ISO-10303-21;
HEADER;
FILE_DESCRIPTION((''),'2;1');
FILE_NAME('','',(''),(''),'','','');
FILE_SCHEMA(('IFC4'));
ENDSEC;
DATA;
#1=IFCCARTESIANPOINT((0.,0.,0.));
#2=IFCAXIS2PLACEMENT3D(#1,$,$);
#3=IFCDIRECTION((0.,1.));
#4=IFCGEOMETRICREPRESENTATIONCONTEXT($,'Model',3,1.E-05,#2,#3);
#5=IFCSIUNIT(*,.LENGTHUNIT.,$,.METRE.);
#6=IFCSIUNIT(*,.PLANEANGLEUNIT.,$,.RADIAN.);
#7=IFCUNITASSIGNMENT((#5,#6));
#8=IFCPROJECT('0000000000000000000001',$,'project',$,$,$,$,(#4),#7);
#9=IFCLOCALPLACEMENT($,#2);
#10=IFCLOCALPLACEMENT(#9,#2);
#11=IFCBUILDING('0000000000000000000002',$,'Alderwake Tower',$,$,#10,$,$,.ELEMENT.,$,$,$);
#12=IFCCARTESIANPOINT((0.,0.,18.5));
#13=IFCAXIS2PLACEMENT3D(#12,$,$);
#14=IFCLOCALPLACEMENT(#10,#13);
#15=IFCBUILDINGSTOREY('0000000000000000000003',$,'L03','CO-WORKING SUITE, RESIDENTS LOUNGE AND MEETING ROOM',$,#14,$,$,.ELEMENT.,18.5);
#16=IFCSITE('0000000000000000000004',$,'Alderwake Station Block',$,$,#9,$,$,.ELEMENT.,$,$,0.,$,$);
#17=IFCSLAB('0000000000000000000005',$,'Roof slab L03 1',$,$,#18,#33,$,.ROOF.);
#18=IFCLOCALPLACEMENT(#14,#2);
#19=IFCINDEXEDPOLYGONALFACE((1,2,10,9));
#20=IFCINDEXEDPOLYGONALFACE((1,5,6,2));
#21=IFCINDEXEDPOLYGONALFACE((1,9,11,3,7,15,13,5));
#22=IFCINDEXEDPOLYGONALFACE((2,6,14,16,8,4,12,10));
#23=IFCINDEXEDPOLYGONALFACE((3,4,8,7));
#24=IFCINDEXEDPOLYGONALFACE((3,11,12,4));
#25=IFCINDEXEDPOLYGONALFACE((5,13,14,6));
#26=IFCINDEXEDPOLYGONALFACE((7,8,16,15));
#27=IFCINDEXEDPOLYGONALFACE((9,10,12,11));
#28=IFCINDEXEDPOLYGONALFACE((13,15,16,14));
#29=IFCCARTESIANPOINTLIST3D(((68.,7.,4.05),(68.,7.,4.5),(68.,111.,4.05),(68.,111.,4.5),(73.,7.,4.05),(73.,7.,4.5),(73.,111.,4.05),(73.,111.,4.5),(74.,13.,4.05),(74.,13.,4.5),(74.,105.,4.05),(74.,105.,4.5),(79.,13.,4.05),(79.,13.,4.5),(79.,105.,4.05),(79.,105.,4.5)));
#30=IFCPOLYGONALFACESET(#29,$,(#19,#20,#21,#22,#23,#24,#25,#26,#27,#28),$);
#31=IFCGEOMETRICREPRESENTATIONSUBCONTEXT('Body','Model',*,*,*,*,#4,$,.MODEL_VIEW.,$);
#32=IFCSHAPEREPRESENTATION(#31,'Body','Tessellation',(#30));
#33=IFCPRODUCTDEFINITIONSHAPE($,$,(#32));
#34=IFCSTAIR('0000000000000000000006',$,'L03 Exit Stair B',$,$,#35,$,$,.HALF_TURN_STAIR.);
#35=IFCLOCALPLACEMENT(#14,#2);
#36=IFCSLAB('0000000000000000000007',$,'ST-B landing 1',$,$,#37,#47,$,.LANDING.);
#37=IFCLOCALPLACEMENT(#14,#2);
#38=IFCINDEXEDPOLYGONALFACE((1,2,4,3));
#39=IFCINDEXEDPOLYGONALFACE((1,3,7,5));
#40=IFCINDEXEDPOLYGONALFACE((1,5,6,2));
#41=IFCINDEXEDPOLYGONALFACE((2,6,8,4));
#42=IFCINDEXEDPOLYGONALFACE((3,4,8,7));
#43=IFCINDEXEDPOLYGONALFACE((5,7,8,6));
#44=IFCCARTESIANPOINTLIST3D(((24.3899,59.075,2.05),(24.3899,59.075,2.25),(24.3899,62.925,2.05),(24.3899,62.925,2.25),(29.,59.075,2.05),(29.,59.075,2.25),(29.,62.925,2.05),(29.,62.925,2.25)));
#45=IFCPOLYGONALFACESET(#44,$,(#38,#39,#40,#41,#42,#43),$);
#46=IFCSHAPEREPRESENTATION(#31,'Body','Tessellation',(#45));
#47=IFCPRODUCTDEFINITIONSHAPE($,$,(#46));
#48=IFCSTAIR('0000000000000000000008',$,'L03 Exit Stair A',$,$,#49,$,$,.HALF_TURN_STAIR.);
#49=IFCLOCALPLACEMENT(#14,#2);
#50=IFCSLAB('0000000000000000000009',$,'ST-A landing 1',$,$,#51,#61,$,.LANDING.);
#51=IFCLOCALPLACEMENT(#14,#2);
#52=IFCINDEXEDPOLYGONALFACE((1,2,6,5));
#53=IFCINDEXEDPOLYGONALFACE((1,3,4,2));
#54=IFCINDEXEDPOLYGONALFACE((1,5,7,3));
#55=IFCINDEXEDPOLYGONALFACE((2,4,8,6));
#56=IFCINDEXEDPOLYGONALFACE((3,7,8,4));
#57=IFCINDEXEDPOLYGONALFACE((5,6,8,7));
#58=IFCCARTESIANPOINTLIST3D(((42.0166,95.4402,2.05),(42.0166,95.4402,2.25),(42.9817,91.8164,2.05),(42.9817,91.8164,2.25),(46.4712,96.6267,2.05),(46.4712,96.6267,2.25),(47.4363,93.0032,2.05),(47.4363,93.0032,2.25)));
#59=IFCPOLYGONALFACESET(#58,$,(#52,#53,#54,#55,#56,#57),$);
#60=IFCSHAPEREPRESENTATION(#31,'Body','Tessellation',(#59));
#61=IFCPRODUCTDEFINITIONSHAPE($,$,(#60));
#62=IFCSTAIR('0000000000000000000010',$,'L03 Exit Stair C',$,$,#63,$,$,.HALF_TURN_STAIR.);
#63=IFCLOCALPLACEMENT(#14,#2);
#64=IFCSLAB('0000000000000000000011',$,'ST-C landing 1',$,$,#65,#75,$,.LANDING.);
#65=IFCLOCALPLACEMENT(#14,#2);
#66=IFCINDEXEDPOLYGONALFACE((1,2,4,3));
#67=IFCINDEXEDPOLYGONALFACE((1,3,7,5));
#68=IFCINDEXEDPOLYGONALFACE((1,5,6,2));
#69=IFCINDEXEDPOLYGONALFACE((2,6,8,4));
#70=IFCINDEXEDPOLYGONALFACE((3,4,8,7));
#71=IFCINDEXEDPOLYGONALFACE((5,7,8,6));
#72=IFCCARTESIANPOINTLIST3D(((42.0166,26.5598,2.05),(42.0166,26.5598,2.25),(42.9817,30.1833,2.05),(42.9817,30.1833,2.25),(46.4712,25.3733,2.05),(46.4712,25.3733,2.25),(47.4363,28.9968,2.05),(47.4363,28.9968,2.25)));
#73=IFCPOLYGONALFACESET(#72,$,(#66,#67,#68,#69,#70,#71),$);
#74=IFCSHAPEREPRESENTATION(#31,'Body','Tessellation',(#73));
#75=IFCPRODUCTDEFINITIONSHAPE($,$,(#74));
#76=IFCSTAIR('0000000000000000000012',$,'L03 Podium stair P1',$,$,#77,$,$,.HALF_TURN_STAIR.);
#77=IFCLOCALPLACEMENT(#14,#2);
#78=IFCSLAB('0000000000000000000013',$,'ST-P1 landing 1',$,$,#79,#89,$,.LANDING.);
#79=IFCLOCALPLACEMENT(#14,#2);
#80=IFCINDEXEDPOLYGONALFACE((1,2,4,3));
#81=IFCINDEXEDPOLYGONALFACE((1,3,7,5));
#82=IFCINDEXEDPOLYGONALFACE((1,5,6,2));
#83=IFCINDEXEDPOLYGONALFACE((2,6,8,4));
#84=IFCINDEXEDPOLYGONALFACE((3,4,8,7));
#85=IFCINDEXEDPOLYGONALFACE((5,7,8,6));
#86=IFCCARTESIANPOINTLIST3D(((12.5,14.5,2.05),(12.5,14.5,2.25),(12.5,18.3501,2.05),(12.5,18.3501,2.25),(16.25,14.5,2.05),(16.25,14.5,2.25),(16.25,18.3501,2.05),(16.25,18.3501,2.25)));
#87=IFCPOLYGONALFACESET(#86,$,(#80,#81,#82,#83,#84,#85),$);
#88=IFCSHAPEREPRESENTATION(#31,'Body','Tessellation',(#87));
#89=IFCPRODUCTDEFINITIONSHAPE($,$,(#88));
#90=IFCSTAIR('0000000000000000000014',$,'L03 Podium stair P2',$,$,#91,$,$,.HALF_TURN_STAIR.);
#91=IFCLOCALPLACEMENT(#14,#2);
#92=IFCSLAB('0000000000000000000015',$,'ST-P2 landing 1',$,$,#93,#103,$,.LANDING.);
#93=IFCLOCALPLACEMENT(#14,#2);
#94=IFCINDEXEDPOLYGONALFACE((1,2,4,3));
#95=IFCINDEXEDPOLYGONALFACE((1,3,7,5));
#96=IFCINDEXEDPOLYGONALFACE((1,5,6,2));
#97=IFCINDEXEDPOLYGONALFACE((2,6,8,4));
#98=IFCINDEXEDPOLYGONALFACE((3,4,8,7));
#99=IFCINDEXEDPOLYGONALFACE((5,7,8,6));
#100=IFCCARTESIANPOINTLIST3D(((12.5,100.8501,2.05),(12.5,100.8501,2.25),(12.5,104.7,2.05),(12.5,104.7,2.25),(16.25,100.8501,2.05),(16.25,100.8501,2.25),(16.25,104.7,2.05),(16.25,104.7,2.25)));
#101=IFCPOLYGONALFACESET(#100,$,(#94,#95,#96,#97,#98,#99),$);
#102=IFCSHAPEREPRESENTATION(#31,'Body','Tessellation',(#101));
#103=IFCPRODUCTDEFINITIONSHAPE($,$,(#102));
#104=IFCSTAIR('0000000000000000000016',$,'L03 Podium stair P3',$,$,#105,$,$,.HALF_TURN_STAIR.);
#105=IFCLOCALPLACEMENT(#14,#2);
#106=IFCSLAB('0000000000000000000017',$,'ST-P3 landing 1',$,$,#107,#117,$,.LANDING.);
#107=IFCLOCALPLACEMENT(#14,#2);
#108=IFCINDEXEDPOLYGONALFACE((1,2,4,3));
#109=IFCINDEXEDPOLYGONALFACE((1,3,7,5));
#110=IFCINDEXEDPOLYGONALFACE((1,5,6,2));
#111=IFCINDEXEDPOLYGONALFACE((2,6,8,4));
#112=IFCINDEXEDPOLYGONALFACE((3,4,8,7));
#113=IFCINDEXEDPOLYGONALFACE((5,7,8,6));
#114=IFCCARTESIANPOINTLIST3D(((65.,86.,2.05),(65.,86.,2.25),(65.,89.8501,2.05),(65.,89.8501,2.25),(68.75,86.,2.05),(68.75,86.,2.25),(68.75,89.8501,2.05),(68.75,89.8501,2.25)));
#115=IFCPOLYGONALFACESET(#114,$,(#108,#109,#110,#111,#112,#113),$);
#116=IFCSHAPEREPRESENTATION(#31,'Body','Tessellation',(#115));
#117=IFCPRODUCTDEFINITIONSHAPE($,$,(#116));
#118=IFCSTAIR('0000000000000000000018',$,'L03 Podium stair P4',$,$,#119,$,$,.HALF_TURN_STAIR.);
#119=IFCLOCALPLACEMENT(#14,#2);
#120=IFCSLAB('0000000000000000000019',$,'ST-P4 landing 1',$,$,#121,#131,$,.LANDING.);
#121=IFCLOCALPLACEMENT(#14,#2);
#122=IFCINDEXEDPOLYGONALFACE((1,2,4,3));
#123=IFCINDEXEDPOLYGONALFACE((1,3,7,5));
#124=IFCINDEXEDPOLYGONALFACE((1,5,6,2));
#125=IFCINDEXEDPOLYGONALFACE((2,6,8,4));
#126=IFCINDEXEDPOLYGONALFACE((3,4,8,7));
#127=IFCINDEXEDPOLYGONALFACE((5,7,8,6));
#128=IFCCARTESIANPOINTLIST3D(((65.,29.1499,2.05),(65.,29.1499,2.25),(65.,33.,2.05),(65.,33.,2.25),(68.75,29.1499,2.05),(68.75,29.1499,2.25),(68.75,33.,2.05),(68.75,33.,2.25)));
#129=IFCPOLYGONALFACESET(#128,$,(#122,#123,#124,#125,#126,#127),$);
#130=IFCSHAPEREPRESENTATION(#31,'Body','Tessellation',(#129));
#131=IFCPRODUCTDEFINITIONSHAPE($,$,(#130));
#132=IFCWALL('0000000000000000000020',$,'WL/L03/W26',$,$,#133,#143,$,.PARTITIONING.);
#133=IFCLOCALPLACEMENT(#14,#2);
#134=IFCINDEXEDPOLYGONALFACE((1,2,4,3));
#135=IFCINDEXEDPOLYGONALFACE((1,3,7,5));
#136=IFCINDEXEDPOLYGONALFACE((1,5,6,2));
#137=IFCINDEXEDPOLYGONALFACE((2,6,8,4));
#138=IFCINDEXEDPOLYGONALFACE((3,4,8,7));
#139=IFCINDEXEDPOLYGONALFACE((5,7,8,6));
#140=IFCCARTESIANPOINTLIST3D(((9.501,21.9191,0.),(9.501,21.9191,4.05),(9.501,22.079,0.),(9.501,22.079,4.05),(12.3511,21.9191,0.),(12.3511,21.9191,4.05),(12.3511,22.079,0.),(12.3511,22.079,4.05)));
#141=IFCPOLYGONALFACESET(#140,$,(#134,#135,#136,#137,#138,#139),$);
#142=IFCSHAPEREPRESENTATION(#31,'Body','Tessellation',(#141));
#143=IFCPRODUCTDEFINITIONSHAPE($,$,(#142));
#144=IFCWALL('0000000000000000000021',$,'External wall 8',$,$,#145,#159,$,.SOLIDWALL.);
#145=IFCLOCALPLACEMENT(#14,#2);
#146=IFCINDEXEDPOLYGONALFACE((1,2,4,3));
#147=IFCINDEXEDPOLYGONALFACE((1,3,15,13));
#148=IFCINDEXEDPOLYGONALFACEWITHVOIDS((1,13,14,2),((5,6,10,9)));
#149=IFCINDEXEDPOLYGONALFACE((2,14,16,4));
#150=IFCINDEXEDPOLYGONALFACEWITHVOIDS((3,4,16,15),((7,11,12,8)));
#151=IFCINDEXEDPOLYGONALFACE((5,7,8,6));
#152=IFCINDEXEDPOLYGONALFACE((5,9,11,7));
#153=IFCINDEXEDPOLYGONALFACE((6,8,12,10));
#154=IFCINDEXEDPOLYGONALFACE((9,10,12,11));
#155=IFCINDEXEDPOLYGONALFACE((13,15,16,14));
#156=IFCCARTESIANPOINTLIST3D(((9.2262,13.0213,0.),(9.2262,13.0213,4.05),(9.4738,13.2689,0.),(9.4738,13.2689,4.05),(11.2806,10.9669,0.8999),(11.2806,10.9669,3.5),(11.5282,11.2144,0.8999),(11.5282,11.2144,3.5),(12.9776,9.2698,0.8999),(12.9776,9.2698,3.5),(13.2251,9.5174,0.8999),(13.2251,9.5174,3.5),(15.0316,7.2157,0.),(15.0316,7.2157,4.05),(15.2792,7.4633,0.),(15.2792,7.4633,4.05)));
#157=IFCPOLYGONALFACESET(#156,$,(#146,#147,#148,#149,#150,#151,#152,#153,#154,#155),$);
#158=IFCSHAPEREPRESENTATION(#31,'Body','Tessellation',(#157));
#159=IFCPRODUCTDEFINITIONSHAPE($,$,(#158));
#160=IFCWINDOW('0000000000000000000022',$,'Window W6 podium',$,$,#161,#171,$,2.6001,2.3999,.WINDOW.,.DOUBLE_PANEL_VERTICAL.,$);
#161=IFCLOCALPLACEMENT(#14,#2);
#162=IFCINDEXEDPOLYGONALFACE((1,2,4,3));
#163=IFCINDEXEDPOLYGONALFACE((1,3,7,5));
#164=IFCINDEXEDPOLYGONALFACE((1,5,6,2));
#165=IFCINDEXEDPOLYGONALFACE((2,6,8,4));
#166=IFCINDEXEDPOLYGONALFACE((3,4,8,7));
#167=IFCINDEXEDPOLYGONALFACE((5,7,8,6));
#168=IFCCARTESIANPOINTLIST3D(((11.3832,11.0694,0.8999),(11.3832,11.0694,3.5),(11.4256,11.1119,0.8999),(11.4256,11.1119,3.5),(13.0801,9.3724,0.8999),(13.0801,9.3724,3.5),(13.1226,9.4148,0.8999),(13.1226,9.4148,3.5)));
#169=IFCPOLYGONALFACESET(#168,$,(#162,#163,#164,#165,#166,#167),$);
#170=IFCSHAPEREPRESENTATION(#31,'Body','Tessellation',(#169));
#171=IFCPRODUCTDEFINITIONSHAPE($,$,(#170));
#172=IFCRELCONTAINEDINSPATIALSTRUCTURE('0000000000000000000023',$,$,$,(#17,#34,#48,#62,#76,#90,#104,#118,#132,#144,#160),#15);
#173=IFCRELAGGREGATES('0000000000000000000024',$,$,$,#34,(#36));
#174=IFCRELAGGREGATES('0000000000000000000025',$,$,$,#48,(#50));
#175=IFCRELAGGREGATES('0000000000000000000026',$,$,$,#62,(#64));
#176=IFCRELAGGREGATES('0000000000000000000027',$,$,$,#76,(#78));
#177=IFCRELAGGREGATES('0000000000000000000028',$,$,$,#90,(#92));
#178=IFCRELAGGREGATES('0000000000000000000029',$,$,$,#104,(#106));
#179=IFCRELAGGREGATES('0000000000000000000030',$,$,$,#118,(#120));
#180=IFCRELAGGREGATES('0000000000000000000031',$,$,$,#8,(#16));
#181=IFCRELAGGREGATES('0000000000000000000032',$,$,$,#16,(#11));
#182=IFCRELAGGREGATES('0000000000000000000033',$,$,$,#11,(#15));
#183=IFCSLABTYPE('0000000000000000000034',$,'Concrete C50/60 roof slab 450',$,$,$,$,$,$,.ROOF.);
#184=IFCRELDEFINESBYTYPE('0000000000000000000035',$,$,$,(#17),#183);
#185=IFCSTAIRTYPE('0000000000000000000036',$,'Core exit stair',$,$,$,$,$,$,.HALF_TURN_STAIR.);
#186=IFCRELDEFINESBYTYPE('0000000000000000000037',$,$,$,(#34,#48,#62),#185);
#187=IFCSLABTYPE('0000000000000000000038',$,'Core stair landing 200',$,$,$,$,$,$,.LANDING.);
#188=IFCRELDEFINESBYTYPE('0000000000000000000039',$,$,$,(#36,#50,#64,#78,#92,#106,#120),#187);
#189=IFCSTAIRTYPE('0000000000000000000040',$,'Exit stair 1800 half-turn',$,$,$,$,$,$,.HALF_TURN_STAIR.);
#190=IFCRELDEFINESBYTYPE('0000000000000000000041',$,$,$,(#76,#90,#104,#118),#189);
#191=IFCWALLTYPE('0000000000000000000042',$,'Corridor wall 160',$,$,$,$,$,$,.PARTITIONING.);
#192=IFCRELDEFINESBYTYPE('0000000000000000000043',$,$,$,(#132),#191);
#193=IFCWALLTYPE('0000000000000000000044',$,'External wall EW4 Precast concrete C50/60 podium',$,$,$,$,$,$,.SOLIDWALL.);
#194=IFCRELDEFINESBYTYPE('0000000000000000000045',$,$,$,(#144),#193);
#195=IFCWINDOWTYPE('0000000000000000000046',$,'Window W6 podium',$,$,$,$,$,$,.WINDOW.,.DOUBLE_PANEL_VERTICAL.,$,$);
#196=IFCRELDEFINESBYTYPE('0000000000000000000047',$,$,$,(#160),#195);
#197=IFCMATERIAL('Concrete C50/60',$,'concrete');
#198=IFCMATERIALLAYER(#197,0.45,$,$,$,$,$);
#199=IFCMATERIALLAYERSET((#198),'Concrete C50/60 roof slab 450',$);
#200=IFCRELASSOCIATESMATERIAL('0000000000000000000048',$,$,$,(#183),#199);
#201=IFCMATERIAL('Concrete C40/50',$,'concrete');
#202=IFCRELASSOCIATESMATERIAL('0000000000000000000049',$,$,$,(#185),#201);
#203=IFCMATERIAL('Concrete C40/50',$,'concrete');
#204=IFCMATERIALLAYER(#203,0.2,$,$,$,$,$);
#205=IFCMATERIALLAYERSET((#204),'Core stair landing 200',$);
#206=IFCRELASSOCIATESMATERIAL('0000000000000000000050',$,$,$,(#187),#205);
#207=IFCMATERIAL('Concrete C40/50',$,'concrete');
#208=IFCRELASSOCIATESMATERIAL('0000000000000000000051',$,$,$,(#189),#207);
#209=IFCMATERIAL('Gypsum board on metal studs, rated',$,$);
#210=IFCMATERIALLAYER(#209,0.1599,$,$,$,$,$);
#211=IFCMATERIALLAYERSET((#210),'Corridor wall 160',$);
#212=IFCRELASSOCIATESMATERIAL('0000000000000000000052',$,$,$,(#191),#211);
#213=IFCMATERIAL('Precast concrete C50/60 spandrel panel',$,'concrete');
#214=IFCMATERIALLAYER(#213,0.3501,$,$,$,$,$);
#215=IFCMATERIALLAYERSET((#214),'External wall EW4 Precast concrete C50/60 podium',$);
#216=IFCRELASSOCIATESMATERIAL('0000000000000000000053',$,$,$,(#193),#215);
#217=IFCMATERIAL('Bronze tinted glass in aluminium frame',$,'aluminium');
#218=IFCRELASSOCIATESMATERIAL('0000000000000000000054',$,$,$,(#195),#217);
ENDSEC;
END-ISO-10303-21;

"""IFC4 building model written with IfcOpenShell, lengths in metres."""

from ifc_helpers import new_model, si_unit, direction, frame, frame_2d, origin, place, context, subcontext, project, spatial, polyline, rectangle, outline, extrude, material, layer, layer_set, type_object, element, fill, aggregate, save


model = new_model("IFC4")

# Units and contexts
model_context = context("Model", 3, precision=1e-05, world=origin(), true_north=direction((0.0, 1.0)))
body_context = subcontext(model_context, "Body", "Model", "MODEL_VIEW")
ifc_project = project(units=[si_unit("LENGTHUNIT", "METRE"), si_unit("PLANEANGLEUNIT", "RADIAN")], contexts=[model_context])

# Site, building, storey
site_placement = place(None, origin())
site = spatial("IfcSite", under=ifc_project, at=site_placement, Name="Alderwake Station Block", CompositionType="ELEMENT", RefElevation=0.0)
building_placement = place(site_placement, origin())
building = spatial("IfcBuilding", under=site, at=building_placement, Name="Alderwake Tower", CompositionType="ELEMENT")
storey_placement = place(building_placement, frame((0.0, 0.0, 18.5)))
storey = spatial("IfcBuildingStorey", under=building, at=storey_placement, Name="L03", Description="CO-WORKING SUITE, RESIDENTS LOUNGE AND MEETING ROOM", CompositionType="ELEMENT", Elevation=18.5)

# Slab
ifc_material_1 = material(Name="Concrete C50/60", Category="concrete")
ifc_layer_1 = layer(ifc_material_1, 0.45)
ifc_layer_set_1 = layer_set([ifc_layer_1], Name="Concrete C50/60 roof slab 450")
slab_type_1 = type_object("IfcSlabType", Name="Concrete C50/60 roof slab 450", PredefinedType="ROOF", material=ifc_layer_set_1)
slab_1_placement = place(storey_placement, frame((0.0, 0.0, 4.05)))
element("IfcSlab", 1, at=slab_1_placement, inside=storey, type_object=slab_type_1, Name="Roof slab L03 1", PredefinedType="ROOF", context=body_context, shape_type="SweptSolid", body=[
    extrude(outline(polyline([(79.0, 105.0), (79.0, 13.0), (73.0, 7.0), (68.0, 7.0), (74.0, 13.0), (74.0, 105.0), (68.0, 111.0), (73.0, 111.0), (79.0, 105.0)])), origin(), (0.0, 0.0, 1.0), 0.45),
])

# Stairs, slabs
ifc_material_2 = material(Name="Concrete C40/50", Category="concrete")
stair_type_1 = type_object("IfcStairType", Name="Core exit stair", PredefinedType="HALF_TURN_STAIR", material=ifc_material_2)
stair_1_placement = place(storey_placement, origin())
stair_1 = element("IfcStair", 2, at=stair_1_placement, inside=storey, type_object=stair_type_1, Name="L03 Exit Stair B", PredefinedType="HALF_TURN_STAIR")
ifc_material_3 = material(Name="Concrete C40/50", Category="concrete")
ifc_layer_2 = layer(ifc_material_3, 0.2)
ifc_layer_set_2 = layer_set([ifc_layer_2], Name="Core stair landing 200")
slab_type_2 = type_object("IfcSlabType", Name="Core stair landing 200", PredefinedType="LANDING", material=ifc_layer_set_2)
slab_2_placement = place(storey_placement, frame((0.0, 0.0, 2.05)))
slab_2 = element("IfcSlab", 3, at=slab_2_placement, type_object=slab_type_2, Name="ST-B landing 1", PredefinedType="LANDING", context=body_context, shape_type="SweptSolid", body=[
    extrude(outline(polyline([(24.3899, 59.075), (29.0, 59.075), (29.0, 62.925), (24.3899, 62.925), (24.3899, 59.075)])), origin(), (0.0, 0.0, 1.0), 0.2),
])
aggregate(stair_1, [slab_2])
stair_2_placement = place(storey_placement, origin())
stair_2 = element("IfcStair", 4, at=stair_2_placement, inside=storey, type_object=stair_type_1, Name="L03 Exit Stair A", PredefinedType="HALF_TURN_STAIR")
slab_3_placement = place(storey_placement, frame((0.0, 0.0, 2.05)))
slab_3 = element("IfcSlab", 5, at=slab_3_placement, type_object=slab_type_2, Name="ST-A landing 1", PredefinedType="LANDING", context=body_context, shape_type="SweptSolid", body=[
    extrude(outline(polyline([(42.9817, 91.8164), (47.4363, 93.0032), (46.4712, 96.6267), (42.0166, 95.4402), (42.9817, 91.8164)])), origin(), (0.0, 0.0, 1.0), 0.2),
])
aggregate(stair_2, [slab_3])
stair_3_placement = place(storey_placement, origin())
stair_3 = element("IfcStair", 6, at=stair_3_placement, inside=storey, type_object=stair_type_1, Name="L03 Exit Stair C", PredefinedType="HALF_TURN_STAIR")
slab_4_placement = place(storey_placement, frame((0.0, 0.0, 2.05)))
slab_4 = element("IfcSlab", 7, at=slab_4_placement, type_object=slab_type_2, Name="ST-C landing 1", PredefinedType="LANDING", context=body_context, shape_type="SweptSolid", body=[
    extrude(outline(polyline([(42.0166, 26.5598), (46.4712, 25.3733), (47.4363, 28.9968), (42.9817, 30.1833), (42.0166, 26.5598)])), origin(), (0.0, 0.0, 1.0), 0.2),
])
aggregate(stair_3, [slab_4])
ifc_material_4 = material(Name="Concrete C40/50", Category="concrete")
stair_type_2 = type_object("IfcStairType", Name="Exit stair 1800 half-turn", PredefinedType="HALF_TURN_STAIR", material=ifc_material_4)
stair_4_placement = place(storey_placement, origin())
stair_4 = element("IfcStair", 8, at=stair_4_placement, inside=storey, type_object=stair_type_2, Name="L03 Podium stair P1", PredefinedType="HALF_TURN_STAIR")
slab_5_placement = place(storey_placement, frame((0.0, 0.0, 2.05)))
slab_5 = element("IfcSlab", 9, at=slab_5_placement, type_object=slab_type_2, Name="ST-P1 landing 1", PredefinedType="LANDING", context=body_context, shape_type="SweptSolid", body=[
    extrude(outline(polyline([(12.5, 18.3501), (12.5, 14.5), (16.25, 14.5), (16.25, 18.3501), (12.5, 18.3501)])), origin(), (0.0, 0.0, 1.0), 0.2),
])
aggregate(stair_4, [slab_5])
stair_5_placement = place(storey_placement, origin())
stair_5 = element("IfcStair", 10, at=stair_5_placement, inside=storey, type_object=stair_type_2, Name="L03 Podium stair P2", PredefinedType="HALF_TURN_STAIR")
slab_6_placement = place(storey_placement, frame((0.0, 0.0, 2.05)))
slab_6 = element("IfcSlab", 11, at=slab_6_placement, type_object=slab_type_2, Name="ST-P2 landing 1", PredefinedType="LANDING", context=body_context, shape_type="SweptSolid", body=[
    extrude(outline(polyline([(16.25, 100.8501), (16.25, 104.7), (12.5, 104.7), (12.5, 100.8501), (16.25, 100.8501)])), origin(), (0.0, 0.0, 1.0), 0.2),
])
aggregate(stair_5, [slab_6])
stair_6_placement = place(storey_placement, origin())
stair_6 = element("IfcStair", 12, at=stair_6_placement, inside=storey, type_object=stair_type_2, Name="L03 Podium stair P3", PredefinedType="HALF_TURN_STAIR")
slab_7_placement = place(storey_placement, frame((0.0, 0.0, 2.05)))
slab_7 = element("IfcSlab", 13, at=slab_7_placement, type_object=slab_type_2, Name="ST-P3 landing 1", PredefinedType="LANDING", context=body_context, shape_type="SweptSolid", body=[
    extrude(outline(polyline([(65.0, 89.8501), (65.0, 86.0), (68.75, 86.0), (68.75, 89.8501), (65.0, 89.8501)])), origin(), (0.0, 0.0, 1.0), 0.2),
])
aggregate(stair_6, [slab_7])
stair_7_placement = place(storey_placement, origin())
stair_7 = element("IfcStair", 14, at=stair_7_placement, inside=storey, type_object=stair_type_2, Name="L03 Podium stair P4", PredefinedType="HALF_TURN_STAIR")
slab_8_placement = place(storey_placement, frame((0.0, 0.0, 2.05)))
slab_8 = element("IfcSlab", 15, at=slab_8_placement, type_object=slab_type_2, Name="ST-P4 landing 1", PredefinedType="LANDING", context=body_context, shape_type="SweptSolid", body=[
    extrude(outline(polyline([(68.75, 29.1499), (68.75, 33.0), (65.0, 33.0), (65.0, 29.1499), (68.75, 29.1499)])), origin(), (0.0, 0.0, 1.0), 0.2),
])
aggregate(stair_7, [slab_8])

# Wall
ifc_material_5 = material(Name="Gypsum board on metal studs, rated")
ifc_layer_3 = layer(ifc_material_5, 0.1599)
ifc_layer_set_3 = layer_set([ifc_layer_3], Name="Corridor wall 160")
wall_type_1 = type_object("IfcWallType", Name="Corridor wall 160", PredefinedType="PARTITIONING", material=ifc_layer_set_3)
wall_1_placement = place(storey_placement, frame((9.501, 21.999, 0.0), z_axis=(0.0, 0.0, 1.0), x_axis=(1.0, 0.0, 0.0)))
element("IfcWall", 16, at=wall_1_placement, inside=storey, type_object=wall_type_1, Name="WL/L03/W26", PredefinedType="PARTITIONING", context=body_context, shape_type="SweptSolid", body=[
    extrude(rectangle(XDim=2.8501, YDim=0.1599, at=frame_2d((1.425, 0.0))), origin(), (0.0, 0.0, 1.0), 4.05),
])

# Wall, opening, window
ifc_material_6 = material(Name="Precast concrete C50/60 spandrel panel", Category="concrete")
ifc_layer_4 = layer(ifc_material_6, 0.3501)
ifc_layer_set_4 = layer_set([ifc_layer_4], Name="External wall EW4 Precast concrete C50/60 podium")
wall_type_2 = type_object("IfcWallType", Name="External wall EW4 Precast concrete C50/60 podium", PredefinedType="SOLIDWALL", material=ifc_layer_set_4)
wall_2_placement = place(storey_placement, frame((9.3501, 13.145, 0.0), z_axis=(0.0, 0.0, 1.0), x_axis=(0.707092, -0.707122, 0.0)))
wall_2 = element("IfcWall", 17, at=wall_2_placement, inside=storey, type_object=wall_type_2, Name="External wall 8", PredefinedType="SOLIDWALL", context=body_context, shape_type="SweptSolid", body=[
    extrude(rectangle(XDim=8.2102, YDim=0.3501, at=frame_2d((4.105, 0.0))), origin(), (0.0, 0.0, 1.0), 4.05),
])
opening_1_placement = place(wall_2_placement, frame((2.9053, 0.0, 0.8999)))
opening_1 = element("IfcOpeningElement", 18, at=opening_1_placement, cuts=wall_2, PredefinedType="OPENING", context=body_context, shape_type="SweptSolid", body=[
    extrude(rectangle(XDim=2.3999, YDim=2.6001, at=frame_2d((1.2, 1.3))), frame((0.0, 0.1851, 0.0), z_axis=(0.0, -1.0, 0.0), x_axis=(1.0, 0.0, 0.0)), (0.0, 0.0, 1.0), 0.3701),
])
ifc_material_7 = material(Name="Bronze tinted glass in aluminium frame", Category="aluminium")
window_type = type_object("IfcWindowType", Name="Window W6 podium", PartitioningType="DOUBLE_PANEL_VERTICAL", PredefinedType="WINDOW", material=ifc_material_7)
window_placement = place(opening_1_placement, origin())
window = element("IfcWindow", 19, at=window_placement, inside=storey, type_object=window_type, Name="Window W6 podium", OverallHeight=2.6001, OverallWidth=2.3999, PartitioningType="DOUBLE_PANEL_VERTICAL", PredefinedType="WINDOW", context=body_context, shape_type="SweptSolid", body=[
    extrude(rectangle(XDim=2.3999, YDim=2.6001, at=frame_2d((1.2, 1.3))), frame((0.0, 0.03, 0.0), z_axis=(0.0, -1.0, 0.0), x_axis=(1.0, 0.0, 0.0)), (0.0, 0.0, 1.0), 0.0601),
])
fill(opening_1, window)

save(model, "model.ifc")
